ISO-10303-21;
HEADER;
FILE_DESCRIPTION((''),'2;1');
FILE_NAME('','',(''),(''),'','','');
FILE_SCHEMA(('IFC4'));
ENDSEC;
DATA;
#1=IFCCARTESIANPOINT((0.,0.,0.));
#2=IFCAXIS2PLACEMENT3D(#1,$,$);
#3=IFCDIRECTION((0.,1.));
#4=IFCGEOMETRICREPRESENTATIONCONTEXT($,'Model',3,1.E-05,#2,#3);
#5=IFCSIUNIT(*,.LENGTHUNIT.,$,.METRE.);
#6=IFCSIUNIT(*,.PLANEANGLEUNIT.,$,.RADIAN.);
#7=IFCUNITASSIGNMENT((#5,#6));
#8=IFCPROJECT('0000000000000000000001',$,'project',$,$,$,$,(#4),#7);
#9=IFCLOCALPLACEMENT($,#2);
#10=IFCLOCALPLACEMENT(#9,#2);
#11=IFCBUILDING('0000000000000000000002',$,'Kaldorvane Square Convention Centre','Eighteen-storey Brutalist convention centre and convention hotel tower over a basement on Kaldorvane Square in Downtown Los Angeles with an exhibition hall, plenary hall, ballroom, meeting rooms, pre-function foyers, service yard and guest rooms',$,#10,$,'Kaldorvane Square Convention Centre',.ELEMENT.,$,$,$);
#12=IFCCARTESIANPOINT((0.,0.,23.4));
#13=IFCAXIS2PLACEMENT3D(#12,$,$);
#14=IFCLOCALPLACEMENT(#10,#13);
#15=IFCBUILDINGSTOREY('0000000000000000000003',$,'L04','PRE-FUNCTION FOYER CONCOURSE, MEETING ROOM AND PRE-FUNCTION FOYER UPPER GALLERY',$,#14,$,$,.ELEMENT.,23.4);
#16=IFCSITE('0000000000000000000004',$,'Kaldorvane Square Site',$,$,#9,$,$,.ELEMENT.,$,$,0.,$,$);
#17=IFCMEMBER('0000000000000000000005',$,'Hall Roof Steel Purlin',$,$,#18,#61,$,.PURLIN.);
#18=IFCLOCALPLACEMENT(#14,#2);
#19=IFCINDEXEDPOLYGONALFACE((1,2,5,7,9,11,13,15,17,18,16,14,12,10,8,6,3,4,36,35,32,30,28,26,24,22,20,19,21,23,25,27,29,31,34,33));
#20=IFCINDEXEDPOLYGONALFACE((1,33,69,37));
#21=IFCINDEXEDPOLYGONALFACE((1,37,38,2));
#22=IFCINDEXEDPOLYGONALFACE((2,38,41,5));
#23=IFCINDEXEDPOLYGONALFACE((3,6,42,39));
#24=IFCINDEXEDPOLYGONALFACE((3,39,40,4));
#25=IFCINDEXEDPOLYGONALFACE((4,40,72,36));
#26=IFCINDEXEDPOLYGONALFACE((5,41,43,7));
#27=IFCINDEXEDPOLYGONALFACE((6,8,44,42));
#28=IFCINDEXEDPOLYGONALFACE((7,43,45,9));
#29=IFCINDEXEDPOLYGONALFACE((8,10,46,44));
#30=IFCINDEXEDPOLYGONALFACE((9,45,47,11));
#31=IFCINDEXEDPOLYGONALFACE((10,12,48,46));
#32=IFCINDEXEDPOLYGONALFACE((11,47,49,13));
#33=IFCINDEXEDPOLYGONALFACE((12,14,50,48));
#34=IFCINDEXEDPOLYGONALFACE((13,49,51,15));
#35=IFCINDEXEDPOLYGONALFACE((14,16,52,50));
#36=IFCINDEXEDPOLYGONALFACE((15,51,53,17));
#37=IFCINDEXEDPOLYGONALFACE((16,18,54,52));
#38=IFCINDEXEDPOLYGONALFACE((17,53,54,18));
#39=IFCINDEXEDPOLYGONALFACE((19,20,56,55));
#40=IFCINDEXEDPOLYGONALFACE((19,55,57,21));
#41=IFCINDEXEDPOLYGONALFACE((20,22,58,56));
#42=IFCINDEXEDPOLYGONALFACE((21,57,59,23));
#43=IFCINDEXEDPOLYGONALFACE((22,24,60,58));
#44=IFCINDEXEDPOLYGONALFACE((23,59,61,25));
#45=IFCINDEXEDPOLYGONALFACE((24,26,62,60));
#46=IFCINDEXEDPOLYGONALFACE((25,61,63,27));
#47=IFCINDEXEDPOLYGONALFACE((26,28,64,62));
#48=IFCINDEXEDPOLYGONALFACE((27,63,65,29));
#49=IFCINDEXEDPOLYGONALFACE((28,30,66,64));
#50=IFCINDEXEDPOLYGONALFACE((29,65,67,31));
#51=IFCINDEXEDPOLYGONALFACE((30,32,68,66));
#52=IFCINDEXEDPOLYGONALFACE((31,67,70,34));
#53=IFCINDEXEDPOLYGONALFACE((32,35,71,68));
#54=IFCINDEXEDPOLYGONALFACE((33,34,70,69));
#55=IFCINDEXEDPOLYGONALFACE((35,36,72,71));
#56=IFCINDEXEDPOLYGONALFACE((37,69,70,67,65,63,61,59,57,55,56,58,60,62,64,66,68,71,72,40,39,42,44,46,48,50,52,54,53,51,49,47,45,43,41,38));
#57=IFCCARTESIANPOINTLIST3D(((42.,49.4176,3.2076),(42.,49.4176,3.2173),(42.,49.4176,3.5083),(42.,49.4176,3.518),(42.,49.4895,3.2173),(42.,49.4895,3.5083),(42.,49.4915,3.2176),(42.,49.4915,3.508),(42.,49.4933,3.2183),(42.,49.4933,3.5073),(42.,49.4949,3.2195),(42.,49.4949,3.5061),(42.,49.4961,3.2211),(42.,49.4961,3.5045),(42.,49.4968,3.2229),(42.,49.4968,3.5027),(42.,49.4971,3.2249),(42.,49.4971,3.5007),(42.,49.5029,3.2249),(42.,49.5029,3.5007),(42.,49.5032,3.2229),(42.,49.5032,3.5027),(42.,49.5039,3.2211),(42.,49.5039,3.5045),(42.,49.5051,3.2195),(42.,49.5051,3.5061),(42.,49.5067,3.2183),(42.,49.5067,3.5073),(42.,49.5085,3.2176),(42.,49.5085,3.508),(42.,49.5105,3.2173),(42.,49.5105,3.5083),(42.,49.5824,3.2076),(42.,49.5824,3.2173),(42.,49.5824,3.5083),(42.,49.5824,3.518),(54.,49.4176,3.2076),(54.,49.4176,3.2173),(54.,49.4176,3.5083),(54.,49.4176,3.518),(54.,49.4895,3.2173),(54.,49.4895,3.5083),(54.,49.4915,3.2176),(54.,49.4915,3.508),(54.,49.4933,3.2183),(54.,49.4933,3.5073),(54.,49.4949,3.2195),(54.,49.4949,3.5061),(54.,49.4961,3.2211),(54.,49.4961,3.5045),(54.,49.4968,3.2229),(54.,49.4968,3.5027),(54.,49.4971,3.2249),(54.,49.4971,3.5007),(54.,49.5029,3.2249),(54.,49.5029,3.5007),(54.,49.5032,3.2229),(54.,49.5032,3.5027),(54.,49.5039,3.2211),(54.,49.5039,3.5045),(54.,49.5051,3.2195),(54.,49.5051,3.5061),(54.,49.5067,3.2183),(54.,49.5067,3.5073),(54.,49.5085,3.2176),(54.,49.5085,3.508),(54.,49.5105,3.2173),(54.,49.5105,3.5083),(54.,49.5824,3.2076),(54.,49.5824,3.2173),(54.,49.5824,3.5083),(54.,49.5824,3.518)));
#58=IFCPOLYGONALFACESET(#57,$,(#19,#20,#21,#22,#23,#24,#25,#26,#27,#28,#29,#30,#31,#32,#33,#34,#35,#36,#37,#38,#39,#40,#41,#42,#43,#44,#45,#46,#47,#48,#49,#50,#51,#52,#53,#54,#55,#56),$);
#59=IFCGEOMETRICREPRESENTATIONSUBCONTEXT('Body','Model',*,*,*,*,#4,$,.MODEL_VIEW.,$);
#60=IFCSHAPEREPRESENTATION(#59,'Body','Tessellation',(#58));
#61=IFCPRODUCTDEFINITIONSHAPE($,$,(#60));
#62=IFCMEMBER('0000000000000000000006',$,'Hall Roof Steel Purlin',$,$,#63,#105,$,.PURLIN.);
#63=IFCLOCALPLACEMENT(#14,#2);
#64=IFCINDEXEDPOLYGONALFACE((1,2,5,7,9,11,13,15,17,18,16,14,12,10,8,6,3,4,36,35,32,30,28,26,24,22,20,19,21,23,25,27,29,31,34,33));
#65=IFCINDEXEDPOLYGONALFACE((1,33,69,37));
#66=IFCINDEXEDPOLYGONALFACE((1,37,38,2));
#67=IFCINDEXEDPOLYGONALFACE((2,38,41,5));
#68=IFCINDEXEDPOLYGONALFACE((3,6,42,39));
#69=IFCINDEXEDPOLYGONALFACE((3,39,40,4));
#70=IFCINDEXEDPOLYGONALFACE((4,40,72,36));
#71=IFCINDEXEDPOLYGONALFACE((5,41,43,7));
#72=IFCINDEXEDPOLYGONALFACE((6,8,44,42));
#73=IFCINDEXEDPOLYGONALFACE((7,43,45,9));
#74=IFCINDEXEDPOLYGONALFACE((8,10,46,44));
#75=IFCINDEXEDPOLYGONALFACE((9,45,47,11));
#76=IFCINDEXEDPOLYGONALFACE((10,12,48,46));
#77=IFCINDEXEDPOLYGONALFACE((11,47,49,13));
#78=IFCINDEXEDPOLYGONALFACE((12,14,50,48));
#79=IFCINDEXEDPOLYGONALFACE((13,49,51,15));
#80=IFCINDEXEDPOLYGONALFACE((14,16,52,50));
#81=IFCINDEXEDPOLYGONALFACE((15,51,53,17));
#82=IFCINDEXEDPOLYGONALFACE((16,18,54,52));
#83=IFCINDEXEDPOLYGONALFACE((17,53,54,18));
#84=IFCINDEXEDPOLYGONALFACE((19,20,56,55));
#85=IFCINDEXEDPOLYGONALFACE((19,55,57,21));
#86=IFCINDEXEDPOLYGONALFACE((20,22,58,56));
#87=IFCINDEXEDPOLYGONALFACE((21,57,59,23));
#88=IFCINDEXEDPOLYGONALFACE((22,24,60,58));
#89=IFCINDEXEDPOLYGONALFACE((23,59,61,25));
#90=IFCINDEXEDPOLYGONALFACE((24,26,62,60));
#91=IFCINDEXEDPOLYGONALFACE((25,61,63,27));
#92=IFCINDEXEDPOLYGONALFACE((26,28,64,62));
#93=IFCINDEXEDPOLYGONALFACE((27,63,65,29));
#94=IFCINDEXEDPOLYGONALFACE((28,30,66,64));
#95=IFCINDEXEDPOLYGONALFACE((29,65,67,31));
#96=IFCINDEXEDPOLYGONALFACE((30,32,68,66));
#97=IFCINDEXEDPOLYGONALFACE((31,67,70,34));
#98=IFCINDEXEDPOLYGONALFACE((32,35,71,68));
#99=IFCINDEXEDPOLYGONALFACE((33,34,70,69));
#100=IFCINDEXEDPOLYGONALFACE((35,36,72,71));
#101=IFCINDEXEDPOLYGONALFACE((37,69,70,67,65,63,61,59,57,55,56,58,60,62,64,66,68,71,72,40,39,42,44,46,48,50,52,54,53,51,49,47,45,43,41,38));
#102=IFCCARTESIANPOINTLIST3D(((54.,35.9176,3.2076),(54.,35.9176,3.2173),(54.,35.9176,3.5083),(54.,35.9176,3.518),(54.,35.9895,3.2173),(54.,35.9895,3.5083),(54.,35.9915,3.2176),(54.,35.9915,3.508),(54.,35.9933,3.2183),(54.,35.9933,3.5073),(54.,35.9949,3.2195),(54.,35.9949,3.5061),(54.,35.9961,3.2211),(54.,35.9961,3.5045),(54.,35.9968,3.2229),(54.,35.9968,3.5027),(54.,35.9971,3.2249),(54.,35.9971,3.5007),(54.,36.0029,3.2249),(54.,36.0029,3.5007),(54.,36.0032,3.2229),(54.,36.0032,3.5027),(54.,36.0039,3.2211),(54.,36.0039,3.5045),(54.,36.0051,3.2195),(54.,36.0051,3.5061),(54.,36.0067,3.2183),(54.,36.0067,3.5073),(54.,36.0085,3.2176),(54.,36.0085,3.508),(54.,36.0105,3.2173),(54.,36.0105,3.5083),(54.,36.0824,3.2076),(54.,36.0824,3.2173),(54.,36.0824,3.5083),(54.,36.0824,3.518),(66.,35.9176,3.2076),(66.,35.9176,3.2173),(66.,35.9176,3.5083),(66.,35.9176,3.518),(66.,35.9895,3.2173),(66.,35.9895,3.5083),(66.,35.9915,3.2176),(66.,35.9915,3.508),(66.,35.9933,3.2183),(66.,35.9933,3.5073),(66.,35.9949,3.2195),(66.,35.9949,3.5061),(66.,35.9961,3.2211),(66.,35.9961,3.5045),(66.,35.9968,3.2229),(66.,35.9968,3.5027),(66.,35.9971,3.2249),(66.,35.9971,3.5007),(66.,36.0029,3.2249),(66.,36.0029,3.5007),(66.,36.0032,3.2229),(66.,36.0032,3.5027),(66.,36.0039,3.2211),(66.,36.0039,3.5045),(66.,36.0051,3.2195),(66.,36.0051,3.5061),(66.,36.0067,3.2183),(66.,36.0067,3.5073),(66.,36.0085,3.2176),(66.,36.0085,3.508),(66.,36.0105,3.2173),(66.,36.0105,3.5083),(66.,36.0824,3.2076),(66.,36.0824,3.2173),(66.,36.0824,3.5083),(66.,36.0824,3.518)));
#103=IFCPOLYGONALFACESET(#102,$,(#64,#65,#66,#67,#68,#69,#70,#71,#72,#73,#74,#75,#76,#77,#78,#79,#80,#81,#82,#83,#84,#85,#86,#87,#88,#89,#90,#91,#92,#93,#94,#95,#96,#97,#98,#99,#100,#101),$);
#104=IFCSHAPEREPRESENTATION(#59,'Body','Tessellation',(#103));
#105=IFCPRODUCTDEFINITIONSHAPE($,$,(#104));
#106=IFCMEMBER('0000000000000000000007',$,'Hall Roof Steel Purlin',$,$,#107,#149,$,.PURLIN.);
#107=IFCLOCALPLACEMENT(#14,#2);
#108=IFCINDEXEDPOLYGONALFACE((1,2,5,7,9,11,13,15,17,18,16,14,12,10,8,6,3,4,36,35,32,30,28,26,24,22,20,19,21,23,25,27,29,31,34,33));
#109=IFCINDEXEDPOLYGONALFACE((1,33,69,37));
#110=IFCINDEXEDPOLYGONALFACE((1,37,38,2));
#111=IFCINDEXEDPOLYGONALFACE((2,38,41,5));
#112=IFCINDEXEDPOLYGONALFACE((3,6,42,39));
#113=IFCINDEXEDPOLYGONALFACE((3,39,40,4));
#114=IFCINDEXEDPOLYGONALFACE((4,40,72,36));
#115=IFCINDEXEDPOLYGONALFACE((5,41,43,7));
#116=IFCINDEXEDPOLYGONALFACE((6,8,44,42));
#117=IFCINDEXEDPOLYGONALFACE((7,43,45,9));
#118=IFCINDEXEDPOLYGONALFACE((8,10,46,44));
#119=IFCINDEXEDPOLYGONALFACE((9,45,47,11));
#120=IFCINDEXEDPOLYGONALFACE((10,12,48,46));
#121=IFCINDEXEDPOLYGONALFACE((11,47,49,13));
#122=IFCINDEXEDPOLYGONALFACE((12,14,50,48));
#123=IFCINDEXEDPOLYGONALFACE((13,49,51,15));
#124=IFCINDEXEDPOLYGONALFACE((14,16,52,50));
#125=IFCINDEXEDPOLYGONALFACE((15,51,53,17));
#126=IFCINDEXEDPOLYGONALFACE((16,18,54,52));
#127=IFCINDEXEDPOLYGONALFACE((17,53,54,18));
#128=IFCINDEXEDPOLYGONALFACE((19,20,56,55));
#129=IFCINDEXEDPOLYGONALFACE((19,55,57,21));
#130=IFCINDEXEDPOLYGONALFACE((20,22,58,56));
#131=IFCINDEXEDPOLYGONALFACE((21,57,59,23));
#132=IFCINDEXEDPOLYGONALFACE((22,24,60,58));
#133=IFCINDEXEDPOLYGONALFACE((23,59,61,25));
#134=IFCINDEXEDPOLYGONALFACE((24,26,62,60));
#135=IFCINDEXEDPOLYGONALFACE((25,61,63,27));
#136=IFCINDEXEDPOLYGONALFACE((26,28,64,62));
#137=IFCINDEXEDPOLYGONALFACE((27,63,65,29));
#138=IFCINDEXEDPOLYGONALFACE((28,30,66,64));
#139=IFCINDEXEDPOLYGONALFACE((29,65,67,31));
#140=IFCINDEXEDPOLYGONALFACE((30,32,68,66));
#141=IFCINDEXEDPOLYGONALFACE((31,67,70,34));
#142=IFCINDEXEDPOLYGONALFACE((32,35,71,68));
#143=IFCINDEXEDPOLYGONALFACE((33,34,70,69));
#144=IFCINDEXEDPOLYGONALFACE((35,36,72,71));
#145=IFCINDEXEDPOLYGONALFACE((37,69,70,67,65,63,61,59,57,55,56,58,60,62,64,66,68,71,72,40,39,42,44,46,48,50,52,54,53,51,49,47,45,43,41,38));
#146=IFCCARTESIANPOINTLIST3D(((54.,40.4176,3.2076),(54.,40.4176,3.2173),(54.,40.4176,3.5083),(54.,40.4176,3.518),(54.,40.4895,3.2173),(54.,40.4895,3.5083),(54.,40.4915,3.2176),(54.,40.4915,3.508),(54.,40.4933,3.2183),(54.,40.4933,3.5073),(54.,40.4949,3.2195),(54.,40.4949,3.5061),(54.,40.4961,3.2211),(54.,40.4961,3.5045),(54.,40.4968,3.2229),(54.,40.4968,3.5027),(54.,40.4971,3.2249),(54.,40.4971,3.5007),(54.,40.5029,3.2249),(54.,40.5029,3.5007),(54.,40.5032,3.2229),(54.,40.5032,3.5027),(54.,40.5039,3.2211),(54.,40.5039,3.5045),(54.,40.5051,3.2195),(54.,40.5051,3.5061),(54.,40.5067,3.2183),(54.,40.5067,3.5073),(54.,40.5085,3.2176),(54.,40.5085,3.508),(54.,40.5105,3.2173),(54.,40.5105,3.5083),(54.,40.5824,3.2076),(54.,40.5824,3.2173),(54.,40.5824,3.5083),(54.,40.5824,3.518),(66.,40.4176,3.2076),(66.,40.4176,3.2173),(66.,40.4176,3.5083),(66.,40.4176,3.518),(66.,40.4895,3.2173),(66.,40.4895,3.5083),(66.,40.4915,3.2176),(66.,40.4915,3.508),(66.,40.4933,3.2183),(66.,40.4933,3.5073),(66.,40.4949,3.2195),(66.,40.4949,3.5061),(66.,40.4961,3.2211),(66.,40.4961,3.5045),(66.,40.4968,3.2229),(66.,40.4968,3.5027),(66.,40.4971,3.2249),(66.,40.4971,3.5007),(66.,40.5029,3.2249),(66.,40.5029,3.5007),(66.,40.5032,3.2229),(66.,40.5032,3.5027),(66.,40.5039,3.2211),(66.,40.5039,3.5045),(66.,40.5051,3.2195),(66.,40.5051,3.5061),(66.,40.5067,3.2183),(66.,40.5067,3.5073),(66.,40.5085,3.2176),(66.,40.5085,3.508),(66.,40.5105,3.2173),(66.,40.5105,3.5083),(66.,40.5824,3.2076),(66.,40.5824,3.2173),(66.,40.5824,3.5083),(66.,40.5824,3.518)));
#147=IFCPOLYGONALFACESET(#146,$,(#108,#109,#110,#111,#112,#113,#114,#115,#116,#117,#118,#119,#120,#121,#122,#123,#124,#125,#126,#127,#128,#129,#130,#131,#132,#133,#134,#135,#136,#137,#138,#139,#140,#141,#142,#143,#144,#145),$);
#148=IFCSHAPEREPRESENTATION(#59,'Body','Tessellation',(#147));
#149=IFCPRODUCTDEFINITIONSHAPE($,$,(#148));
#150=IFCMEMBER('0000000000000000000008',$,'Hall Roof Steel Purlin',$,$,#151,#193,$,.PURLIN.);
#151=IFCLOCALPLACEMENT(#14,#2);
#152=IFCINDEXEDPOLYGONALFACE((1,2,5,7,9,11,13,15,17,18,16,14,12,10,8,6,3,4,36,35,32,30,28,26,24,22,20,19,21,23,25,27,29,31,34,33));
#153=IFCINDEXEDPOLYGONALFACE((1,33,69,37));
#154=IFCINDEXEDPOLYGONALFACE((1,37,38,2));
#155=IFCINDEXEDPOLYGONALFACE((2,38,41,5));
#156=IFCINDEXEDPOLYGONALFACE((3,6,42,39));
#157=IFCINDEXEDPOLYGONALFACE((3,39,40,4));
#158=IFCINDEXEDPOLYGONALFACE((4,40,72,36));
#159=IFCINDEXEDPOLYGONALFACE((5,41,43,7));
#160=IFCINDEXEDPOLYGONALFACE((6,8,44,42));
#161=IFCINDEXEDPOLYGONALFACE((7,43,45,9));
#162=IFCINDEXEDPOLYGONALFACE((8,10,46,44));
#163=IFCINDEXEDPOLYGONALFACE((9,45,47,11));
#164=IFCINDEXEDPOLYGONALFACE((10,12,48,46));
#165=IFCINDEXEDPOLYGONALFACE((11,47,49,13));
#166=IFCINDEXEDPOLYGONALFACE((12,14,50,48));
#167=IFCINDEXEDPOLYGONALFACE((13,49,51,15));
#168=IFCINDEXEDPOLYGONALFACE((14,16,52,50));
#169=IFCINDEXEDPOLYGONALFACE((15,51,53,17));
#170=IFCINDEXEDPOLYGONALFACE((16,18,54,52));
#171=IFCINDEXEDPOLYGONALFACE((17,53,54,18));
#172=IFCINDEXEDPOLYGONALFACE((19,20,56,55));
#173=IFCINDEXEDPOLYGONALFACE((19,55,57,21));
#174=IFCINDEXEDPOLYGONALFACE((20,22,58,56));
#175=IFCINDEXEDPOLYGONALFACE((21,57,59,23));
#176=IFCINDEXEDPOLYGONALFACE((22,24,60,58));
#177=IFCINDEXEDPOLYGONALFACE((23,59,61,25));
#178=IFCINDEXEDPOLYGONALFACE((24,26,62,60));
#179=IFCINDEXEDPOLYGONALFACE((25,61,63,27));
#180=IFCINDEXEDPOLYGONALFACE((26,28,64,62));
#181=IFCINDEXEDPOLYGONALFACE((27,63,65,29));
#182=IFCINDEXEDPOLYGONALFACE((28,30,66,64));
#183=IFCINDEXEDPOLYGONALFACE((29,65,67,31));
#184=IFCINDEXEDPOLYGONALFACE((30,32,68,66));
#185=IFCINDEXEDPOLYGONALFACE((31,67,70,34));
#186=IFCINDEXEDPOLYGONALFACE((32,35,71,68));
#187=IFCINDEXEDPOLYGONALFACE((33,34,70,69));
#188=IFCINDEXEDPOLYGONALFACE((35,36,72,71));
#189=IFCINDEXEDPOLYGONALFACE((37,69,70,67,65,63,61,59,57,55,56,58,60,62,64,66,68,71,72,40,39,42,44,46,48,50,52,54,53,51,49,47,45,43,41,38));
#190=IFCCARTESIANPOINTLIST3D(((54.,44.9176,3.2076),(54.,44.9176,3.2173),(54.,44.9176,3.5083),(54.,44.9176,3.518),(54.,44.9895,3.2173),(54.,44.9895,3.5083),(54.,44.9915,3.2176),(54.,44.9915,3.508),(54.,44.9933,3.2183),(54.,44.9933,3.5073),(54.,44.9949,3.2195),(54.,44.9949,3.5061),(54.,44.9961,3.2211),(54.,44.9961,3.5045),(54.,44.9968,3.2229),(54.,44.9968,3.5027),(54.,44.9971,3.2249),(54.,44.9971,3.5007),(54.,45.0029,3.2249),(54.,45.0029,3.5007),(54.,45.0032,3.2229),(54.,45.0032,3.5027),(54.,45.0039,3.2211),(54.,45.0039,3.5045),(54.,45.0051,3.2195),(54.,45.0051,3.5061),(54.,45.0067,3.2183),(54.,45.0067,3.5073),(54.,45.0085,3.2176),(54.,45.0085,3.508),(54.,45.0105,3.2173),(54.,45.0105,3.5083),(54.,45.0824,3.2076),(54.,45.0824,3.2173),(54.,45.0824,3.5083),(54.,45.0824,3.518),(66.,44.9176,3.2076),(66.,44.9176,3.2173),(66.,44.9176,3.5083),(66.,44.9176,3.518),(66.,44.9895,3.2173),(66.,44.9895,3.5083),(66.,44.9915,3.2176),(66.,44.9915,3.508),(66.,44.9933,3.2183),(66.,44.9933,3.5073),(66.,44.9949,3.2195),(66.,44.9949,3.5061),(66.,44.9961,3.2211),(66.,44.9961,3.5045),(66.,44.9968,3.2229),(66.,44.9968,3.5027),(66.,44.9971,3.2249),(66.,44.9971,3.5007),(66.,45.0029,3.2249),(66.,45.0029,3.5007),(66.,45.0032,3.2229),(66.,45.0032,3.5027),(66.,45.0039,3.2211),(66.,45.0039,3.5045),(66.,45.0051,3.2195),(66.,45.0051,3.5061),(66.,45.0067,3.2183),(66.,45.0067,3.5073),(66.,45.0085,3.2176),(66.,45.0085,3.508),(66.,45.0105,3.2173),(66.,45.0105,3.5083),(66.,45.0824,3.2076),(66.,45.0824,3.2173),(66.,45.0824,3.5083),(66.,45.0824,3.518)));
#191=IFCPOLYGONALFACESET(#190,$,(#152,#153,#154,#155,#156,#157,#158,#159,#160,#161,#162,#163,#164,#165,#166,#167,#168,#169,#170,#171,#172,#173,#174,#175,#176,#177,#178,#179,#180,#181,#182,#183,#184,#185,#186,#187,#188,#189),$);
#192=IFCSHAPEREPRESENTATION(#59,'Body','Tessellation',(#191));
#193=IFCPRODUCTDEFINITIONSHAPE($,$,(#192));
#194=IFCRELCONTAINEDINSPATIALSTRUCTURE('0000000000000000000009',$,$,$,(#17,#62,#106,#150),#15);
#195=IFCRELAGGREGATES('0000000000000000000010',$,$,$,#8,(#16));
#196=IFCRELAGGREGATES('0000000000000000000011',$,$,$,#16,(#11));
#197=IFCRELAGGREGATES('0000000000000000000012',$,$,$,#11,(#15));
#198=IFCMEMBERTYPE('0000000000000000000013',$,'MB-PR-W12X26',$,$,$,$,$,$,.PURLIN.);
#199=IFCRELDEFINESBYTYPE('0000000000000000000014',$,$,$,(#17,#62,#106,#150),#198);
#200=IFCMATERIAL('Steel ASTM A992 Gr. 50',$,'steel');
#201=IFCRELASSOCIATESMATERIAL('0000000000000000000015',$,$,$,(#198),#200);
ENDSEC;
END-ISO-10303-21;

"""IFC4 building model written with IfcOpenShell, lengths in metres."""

from ifc_helpers import new_model, si_unit, direction, frame, origin, origin_2d, place, context, subcontext, project, spatial, i_section, extrude, material, material_profile, profile_set, type_object, element, save


model = new_model("IFC4")

# Units and contexts
model_context = context("Model", 3, precision=1e-05, world=origin(), true_north=direction((0.0, 1.0)))
body_context = subcontext(model_context, "Body", "Model", "MODEL_VIEW")
ifc_project = project(units=[si_unit("LENGTHUNIT", "METRE"), si_unit("PLANEANGLEUNIT", "RADIAN")], contexts=[model_context])

# Site, building, storey
site_placement = place(None, origin())
site = spatial("IfcSite", under=ifc_project, at=site_placement, Name="Kaldorvane Square Site", CompositionType="ELEMENT", RefElevation=0.0)
building_placement = place(site_placement, origin())
building = spatial("IfcBuilding", under=site, at=building_placement, Name="Kaldorvane Square Convention Centre", Description="Eighteen-storey Brutalist convention centre and convention hotel tower over a basement on Kaldorvane Square in Downtown Los Angeles with an exhibition hall, plenary hall, ballroom, meeting rooms, pre-function foyers, service yard and guest rooms", LongName="Kaldorvane Square Convention Centre", CompositionType="ELEMENT")
storey_placement = place(building_placement, frame((0.0, 0.0, 23.4)))
storey = spatial("IfcBuildingStorey", under=building, at=storey_placement, Name="L04", Description="PRE-FUNCTION FOYER CONCOURSE, MEETING ROOM AND PRE-FUNCTION FOYER UPPER GALLERY", CompositionType="ELEMENT", Elevation=23.4)

# Members
ifc_material_1 = material(Name="Steel ASTM A992 Gr. 50", Category="steel")
ifc_material_profile_1 = material_profile(ifc_material_1, i_section(OverallWidth=0.1648, OverallDepth=0.3104, WebThickness=0.0058, FlangeThickness=0.0097, FilletRadius=0.0076, at=origin_2d()), Name="W12X26")
ifc_profile_set_1 = profile_set([ifc_material_profile_1], Name="Steel ASTM A992 Gr. 50")
member_type_1 = type_object("IfcMemberType", Name="MB-PR-W12X26", PredefinedType="PURLIN", material=ifc_profile_set_1)
for number, where, z_axis, x_axis, name in (
    (1, (42.0, 49.5, 3.3628), (1.0, 0.0, 0.0), (0.0, 1.0, 0.0), "Hall Roof Steel Purlin"),
    (2, (54.0, 36.0, 3.3628), (1.0, 0.0, 0.0), (0.0, 1.0, 0.0), "Hall Roof Steel Purlin"),
    (3, (54.0, 40.5, 3.3628), (1.0, 0.0, 0.0), (0.0, 1.0, 0.0), "Hall Roof Steel Purlin"),
    (4, (54.0, 45.0, 3.3628), (1.0, 0.0, 0.0), (0.0, 1.0, 0.0), "Hall Roof Steel Purlin"),
):
    element("IfcMember", number, at=place(storey_placement, frame(where, z_axis=z_axis, x_axis=x_axis)), inside=storey, type_object=member_type_1, Name=name, PredefinedType="PURLIN", context=body_context, shape_type="SweptSolid", body=[
        extrude(i_section(OverallWidth=0.1648, OverallDepth=0.3104, WebThickness=0.0058, FlangeThickness=0.0097, FilletRadius=0.0076, at=origin_2d()), origin(), (0.0, 0.0, 1.0), 12.0),
    ])

save(model, "model.ifc")
